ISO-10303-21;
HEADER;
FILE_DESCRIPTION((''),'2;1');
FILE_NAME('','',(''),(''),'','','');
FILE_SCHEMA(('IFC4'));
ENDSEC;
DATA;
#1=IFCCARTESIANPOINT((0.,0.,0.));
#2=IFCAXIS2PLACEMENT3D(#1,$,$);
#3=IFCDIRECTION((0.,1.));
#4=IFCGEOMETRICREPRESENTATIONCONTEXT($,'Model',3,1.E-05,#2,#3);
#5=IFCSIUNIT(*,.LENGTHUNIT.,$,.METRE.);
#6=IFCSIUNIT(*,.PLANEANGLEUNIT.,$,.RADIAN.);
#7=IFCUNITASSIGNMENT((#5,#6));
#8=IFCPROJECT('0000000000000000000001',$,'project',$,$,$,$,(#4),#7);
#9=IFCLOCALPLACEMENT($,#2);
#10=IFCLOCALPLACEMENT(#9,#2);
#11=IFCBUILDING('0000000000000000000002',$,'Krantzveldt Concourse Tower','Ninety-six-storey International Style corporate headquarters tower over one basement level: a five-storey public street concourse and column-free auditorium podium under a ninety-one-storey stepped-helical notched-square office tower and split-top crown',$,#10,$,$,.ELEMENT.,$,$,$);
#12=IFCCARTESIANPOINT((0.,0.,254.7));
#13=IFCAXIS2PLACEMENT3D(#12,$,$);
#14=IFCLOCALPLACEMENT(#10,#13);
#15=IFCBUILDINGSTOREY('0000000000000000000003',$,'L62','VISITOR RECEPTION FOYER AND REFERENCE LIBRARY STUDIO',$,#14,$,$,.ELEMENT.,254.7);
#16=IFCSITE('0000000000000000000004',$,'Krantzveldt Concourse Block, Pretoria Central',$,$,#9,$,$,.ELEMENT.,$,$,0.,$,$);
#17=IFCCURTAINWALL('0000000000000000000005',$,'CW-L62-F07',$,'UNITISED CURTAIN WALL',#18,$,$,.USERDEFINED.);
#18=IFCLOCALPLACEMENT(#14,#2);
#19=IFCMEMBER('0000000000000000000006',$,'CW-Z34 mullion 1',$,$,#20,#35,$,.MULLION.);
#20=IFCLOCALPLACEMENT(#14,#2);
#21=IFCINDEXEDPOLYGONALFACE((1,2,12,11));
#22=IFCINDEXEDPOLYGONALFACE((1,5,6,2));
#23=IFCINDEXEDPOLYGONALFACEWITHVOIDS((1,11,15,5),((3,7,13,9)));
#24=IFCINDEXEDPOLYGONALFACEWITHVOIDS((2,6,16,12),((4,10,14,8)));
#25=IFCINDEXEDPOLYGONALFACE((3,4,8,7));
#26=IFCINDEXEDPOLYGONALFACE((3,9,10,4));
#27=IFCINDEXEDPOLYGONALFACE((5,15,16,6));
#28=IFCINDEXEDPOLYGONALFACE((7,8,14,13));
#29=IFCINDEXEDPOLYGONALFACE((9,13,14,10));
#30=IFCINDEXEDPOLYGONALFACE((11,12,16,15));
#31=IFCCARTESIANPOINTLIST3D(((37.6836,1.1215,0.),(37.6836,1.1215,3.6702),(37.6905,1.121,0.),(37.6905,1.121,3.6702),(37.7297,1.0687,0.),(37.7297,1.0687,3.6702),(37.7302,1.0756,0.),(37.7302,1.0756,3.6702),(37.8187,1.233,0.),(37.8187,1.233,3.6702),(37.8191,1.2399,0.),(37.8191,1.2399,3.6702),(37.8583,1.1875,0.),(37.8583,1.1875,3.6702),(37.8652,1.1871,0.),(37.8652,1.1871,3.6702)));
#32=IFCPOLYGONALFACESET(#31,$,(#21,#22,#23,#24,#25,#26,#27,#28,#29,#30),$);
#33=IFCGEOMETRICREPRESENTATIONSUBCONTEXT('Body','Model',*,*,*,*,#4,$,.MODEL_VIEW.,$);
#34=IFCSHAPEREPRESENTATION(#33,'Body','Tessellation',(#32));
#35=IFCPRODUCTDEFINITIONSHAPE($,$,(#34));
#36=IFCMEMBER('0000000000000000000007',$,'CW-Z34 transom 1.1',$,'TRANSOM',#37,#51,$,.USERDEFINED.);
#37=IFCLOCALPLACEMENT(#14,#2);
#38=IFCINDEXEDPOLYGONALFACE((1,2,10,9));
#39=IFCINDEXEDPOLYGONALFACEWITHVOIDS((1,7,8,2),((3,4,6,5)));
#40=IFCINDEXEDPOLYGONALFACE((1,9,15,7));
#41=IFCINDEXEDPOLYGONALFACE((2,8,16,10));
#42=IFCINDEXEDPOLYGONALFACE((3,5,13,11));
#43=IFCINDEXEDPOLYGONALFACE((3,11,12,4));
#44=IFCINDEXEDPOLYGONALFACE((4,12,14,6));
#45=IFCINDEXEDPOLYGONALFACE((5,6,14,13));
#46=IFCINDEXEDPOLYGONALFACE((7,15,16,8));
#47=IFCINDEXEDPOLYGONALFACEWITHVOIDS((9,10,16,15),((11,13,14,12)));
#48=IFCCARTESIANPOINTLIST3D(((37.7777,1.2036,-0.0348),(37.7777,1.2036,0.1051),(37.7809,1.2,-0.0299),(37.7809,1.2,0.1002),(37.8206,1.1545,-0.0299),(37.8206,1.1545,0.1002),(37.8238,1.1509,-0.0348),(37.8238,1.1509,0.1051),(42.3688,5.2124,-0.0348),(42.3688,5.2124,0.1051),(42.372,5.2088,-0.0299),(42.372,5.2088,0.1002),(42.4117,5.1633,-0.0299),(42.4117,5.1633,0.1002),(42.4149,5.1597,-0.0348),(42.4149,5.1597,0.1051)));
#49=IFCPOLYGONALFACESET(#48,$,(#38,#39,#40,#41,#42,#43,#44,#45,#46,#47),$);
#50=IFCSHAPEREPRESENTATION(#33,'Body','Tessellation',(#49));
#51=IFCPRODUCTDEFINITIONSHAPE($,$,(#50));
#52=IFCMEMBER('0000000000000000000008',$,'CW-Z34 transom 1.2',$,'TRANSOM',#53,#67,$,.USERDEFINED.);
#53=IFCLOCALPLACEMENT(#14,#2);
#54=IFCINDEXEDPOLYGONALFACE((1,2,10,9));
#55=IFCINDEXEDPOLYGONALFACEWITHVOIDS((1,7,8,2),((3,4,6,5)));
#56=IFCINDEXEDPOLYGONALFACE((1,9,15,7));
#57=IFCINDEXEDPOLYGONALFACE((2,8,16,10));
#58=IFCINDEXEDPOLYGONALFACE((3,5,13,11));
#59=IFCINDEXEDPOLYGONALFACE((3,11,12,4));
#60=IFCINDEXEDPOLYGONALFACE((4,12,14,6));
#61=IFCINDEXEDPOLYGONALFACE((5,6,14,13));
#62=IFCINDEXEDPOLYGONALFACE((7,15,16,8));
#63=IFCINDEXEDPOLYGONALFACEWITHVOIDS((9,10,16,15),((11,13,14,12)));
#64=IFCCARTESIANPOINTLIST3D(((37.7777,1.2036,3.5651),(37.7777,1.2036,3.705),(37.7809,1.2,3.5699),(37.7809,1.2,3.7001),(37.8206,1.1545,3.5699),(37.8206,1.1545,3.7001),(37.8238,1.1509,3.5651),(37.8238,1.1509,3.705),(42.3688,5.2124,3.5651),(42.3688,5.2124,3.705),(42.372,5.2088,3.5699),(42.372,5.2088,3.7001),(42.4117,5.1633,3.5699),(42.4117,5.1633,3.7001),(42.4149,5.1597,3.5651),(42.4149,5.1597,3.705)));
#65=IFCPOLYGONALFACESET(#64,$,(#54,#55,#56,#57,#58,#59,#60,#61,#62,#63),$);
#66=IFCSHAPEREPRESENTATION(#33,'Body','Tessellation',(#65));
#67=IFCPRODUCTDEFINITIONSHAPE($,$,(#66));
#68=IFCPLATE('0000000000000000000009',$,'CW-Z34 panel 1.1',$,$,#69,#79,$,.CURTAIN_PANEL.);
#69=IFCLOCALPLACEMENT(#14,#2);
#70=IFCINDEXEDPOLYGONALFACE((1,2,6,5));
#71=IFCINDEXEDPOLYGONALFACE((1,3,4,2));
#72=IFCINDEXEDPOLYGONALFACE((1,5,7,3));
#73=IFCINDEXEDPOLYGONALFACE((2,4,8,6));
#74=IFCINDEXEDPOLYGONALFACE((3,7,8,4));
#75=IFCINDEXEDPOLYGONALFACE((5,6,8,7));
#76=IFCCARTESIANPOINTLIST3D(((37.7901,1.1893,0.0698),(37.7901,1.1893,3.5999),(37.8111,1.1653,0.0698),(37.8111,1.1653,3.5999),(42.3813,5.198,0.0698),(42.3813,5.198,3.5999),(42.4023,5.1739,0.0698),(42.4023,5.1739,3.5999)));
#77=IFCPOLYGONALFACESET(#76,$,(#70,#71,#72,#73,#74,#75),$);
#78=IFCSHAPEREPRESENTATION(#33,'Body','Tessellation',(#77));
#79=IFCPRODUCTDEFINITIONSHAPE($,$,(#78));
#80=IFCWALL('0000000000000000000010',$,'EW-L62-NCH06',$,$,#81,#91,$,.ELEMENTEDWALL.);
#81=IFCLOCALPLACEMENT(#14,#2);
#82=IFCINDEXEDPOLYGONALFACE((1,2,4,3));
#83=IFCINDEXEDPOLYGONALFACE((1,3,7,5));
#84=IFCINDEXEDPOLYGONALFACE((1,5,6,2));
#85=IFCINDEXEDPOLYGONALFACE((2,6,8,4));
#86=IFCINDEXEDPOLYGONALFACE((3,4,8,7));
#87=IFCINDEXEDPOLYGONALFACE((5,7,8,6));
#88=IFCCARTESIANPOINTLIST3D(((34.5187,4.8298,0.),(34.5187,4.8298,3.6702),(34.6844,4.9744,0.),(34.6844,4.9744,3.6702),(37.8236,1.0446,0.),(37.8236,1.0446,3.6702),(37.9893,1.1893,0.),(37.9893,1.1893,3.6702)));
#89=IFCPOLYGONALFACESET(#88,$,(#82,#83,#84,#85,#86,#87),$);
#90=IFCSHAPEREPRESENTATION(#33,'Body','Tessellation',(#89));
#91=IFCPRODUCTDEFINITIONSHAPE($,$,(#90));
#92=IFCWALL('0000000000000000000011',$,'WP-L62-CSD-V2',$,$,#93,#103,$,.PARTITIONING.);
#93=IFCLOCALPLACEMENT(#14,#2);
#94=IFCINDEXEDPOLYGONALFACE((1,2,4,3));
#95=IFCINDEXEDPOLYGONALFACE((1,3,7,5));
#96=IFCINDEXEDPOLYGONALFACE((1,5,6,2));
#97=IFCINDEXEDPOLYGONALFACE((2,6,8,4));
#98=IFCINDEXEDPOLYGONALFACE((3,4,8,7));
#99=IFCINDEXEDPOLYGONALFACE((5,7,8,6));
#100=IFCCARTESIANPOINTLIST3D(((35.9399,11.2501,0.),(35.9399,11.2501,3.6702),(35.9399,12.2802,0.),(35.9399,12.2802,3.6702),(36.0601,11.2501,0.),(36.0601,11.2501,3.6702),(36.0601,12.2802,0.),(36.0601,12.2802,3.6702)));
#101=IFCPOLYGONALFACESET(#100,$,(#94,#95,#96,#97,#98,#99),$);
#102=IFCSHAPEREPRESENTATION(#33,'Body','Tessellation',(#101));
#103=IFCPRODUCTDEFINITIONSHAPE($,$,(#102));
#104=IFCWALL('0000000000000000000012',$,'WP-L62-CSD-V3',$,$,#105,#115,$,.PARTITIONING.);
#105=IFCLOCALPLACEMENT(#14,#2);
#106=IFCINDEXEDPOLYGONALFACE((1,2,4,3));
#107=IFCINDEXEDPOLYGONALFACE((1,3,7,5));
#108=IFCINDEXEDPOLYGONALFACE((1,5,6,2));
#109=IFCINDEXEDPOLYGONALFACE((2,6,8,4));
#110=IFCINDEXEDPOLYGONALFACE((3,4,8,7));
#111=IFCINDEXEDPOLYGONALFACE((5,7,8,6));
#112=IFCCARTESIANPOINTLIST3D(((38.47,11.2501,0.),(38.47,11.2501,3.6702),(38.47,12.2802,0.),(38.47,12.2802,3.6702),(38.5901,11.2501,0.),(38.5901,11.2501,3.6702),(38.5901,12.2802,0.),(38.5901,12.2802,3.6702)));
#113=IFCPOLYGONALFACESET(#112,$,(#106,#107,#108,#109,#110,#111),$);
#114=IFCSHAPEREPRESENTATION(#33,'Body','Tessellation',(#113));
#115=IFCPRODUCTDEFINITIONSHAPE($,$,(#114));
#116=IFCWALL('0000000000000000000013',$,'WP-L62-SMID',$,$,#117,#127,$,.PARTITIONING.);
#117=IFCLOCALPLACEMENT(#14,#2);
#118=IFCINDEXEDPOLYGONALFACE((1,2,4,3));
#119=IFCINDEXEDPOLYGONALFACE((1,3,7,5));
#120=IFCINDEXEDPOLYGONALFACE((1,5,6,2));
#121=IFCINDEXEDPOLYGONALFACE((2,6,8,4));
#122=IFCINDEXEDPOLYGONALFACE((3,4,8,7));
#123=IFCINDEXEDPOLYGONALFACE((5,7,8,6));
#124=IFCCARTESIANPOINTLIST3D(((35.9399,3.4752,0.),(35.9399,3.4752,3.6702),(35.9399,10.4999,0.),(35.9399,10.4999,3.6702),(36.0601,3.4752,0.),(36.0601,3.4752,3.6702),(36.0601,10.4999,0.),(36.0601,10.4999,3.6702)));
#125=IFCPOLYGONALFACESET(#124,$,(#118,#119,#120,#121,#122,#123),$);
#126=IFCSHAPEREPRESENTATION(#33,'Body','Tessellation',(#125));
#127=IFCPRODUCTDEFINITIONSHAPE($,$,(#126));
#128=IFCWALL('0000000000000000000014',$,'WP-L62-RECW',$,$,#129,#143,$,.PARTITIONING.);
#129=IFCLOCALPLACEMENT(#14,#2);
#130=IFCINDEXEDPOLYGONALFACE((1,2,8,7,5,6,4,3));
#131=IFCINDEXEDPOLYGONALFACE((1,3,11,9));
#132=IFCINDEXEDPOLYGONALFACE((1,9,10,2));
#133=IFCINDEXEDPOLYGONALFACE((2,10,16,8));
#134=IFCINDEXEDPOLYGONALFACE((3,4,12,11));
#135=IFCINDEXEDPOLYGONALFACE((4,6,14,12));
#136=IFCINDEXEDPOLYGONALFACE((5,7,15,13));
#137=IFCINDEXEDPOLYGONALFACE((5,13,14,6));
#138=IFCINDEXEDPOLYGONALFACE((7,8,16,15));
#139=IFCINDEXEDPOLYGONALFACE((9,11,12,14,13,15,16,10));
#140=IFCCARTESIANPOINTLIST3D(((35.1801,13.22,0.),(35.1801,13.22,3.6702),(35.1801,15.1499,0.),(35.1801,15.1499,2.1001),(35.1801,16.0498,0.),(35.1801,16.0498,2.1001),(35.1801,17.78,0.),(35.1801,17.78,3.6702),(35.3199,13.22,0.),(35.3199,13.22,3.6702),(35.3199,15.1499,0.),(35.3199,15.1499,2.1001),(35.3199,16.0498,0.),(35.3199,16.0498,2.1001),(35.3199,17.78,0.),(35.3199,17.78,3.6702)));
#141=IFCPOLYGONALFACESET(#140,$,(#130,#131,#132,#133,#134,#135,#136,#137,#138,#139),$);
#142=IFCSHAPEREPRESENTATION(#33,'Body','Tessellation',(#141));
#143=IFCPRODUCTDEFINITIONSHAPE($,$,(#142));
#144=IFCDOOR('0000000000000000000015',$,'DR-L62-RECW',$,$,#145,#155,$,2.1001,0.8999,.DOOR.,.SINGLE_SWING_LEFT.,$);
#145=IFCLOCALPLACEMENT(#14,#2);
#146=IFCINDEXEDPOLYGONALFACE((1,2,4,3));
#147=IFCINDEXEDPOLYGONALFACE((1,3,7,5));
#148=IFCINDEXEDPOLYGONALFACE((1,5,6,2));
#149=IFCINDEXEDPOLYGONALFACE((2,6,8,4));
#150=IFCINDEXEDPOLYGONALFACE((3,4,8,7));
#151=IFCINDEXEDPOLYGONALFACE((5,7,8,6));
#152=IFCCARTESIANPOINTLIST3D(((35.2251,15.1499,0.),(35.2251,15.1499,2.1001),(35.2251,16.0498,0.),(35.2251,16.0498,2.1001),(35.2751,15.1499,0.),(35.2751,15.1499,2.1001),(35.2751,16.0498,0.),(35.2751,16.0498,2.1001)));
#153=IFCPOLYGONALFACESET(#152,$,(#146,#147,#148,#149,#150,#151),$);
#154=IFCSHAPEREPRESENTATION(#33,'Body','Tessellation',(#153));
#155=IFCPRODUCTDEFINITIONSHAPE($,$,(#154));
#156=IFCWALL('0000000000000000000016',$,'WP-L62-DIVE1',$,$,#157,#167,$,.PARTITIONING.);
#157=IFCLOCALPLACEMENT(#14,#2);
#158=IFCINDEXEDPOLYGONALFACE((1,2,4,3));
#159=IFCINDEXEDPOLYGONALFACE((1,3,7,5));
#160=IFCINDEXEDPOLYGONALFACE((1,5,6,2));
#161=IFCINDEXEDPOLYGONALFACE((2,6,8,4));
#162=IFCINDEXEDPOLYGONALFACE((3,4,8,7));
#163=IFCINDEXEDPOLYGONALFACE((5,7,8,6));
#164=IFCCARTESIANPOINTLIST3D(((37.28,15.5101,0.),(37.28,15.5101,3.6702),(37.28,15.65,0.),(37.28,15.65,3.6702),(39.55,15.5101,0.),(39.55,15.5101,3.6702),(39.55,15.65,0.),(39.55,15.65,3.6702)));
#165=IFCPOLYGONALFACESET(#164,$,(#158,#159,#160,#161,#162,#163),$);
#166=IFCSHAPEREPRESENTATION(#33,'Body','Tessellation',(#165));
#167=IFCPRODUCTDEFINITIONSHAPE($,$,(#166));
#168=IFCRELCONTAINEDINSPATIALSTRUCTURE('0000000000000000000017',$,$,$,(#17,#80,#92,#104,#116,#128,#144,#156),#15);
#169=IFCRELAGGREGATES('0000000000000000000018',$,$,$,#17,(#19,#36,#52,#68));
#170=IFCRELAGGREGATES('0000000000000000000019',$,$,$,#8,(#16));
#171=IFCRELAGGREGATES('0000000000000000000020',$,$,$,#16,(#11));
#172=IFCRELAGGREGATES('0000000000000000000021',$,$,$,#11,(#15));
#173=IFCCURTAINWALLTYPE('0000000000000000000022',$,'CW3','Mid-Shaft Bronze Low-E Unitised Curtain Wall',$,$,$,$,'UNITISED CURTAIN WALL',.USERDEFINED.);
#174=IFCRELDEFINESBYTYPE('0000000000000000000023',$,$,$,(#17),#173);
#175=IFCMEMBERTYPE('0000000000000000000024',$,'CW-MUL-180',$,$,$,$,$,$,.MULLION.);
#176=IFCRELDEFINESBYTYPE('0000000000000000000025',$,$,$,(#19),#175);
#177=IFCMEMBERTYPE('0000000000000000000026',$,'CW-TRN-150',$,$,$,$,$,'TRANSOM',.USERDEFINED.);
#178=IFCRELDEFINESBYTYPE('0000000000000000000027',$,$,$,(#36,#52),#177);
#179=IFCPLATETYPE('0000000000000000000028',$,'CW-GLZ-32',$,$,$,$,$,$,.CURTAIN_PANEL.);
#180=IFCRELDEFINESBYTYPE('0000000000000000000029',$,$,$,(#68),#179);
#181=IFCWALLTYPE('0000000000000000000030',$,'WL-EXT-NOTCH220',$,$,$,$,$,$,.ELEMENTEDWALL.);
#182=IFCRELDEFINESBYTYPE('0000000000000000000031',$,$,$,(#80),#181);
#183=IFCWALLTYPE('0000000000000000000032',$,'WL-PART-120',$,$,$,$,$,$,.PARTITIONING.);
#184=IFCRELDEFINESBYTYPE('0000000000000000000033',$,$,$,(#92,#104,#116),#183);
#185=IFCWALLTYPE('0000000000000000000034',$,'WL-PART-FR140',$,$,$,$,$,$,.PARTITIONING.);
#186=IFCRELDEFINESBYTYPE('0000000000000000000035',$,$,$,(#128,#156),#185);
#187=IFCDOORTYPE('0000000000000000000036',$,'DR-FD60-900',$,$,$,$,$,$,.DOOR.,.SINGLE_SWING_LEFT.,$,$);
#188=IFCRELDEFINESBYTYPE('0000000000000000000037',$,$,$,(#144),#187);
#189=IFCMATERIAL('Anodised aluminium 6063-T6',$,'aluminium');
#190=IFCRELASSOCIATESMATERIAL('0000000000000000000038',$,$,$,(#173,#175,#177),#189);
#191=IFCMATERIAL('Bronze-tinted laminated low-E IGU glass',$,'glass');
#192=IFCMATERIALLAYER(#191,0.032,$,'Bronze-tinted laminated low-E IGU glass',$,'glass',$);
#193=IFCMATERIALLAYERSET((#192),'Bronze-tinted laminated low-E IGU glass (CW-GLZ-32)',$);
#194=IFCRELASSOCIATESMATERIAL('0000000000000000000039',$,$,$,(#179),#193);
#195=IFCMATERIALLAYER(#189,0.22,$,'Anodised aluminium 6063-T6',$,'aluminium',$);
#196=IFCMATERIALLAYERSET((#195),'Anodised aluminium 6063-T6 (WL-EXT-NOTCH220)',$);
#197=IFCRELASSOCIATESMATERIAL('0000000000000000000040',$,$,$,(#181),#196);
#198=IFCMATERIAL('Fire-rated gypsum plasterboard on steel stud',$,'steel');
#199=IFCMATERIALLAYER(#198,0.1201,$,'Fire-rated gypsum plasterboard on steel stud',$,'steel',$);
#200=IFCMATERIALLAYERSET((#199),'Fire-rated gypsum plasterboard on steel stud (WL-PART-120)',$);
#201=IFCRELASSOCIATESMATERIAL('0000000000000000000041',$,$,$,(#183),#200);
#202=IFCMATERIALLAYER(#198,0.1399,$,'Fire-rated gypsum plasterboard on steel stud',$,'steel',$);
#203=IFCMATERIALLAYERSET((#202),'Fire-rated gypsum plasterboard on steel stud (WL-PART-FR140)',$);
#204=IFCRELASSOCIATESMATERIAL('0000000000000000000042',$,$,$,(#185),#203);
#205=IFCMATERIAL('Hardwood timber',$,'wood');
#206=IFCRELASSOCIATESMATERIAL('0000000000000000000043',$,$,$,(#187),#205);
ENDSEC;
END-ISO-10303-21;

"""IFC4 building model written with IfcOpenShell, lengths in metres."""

from ifc_helpers import new_model, si_unit, direction, frame, frame_2d, origin, origin_2d, place, context, subcontext, project, spatial, rectangle, hollow_rectangle, extrude, source, transform, mapped, material, layer, layer_set, material_profile, profile_set, type_object, type_shapes, element, fill, aggregate, save


model = new_model("IFC4")

# Units and contexts
model_context = context("Model", 3, precision=1e-05, world=origin(), true_north=direction((0.0, 1.0)))
body_context = subcontext(model_context, "Body", "Model", "MODEL_VIEW")
ifc_project = project(units=[si_unit("LENGTHUNIT", "METRE"), si_unit("PLANEANGLEUNIT", "RADIAN")], contexts=[model_context])

# Site, building, storey
site_placement = place(None, origin())
site = spatial("IfcSite", under=ifc_project, at=site_placement, Name="Krantzveldt Concourse Block, Pretoria Central", CompositionType="ELEMENT", RefElevation=0.0)
building_placement = place(site_placement, origin())
building = spatial("IfcBuilding", under=site, at=building_placement, Name="Krantzveldt Concourse Tower", Description="Ninety-six-storey International Style corporate headquarters tower over one basement level: a five-storey public street concourse and column-free auditorium podium under a ninety-one-storey stepped-helical notched-square office tower and split-top crown", CompositionType="ELEMENT")
storey_placement = place(building_placement, frame((0.0, 0.0, 254.7)))
storey = spatial("IfcBuildingStorey", under=building, at=storey_placement, Name="L62", Description="VISITOR RECEPTION FOYER AND REFERENCE LIBRARY STUDIO", CompositionType="ELEMENT", Elevation=254.7)

# Curtain wall, members, plate
ifc_material_1 = material(Name="Anodised aluminium 6063-T6", Category="aluminium")
curtain_wall_type = type_object("IfcCurtainWallType", Name="CW3", Description="Mid-Shaft Bronze Low-E Unitised Curtain Wall", ElementType="UNITISED CURTAIN WALL", PredefinedType="USERDEFINED", material=ifc_material_1)
curtain_wall_placement = place(storey_placement, origin())
curtain_wall = element("IfcCurtainWall", 1, at=curtain_wall_placement, inside=storey, type_object=curtain_wall_type, Name="CW-L62-F07", ObjectType="UNITISED CURTAIN WALL", PredefinedType="USERDEFINED")
ifc_material_profile_1 = material_profile(ifc_material_1, hollow_rectangle(XDim=0.0701, YDim=0.1799, WallThickness=0.0049, at=origin_2d()), Name="Anodised aluminium 6063-T6", Category="aluminium")
ifc_profile_set_1 = profile_set([ifc_material_profile_1], Name="Anodised aluminium 6063-T6 - ALU-MULL 180x70x5")
member_type_1 = type_object("IfcMemberType", Name="CW-MUL-180", PredefinedType="MULLION", material=ifc_profile_set_1)
shared_shape_1 = source(origin(), body_context, "Body", "SweptSolid", [
    extrude(hollow_rectangle(XDim=0.0701, YDim=0.1799, WallThickness=0.0049, at=origin_2d()), origin(), (0.0, 0.0, 1.0), 3.6702),
])
type_shapes(member_type_1, [shared_shape_1])
member_1_placement = place(storey_placement, frame((37.7744, 1.1543, 0.0), z_axis=(0.0, 0.0, 1.0), x_axis=(-0.657704, 0.753277, 0.0)))
member_1 = element("IfcMember", 2, at=member_1_placement, type_object=member_type_1, Name="CW-Z34 mullion 1", PredefinedType="MULLION", context=body_context, shape_type="MappedRepresentation", body=[
    mapped(shared_shape_1, transform((0.0, 0.0, 0.0), x_axis=(1.0, 0.0, 0.0), y_axis=(0.0, 1.0, 0.0), z_axis=(0.0, 0.0, 1.0), scale=1.0)),
])
ifc_material_profile_2 = material_profile(ifc_material_1, hollow_rectangle(XDim=0.0701, YDim=0.1399, WallThickness=0.0049, at=origin_2d()), Name="Anodised aluminium 6063-T6", Category="aluminium")
ifc_profile_set_2 = profile_set([ifc_material_profile_2], Name="Anodised aluminium 6063-T6 - ALU-TRAN 140x70x5")
member_type_2 = type_object("IfcMemberType", Name="CW-TRN-150", ElementType="TRANSOM", PredefinedType="USERDEFINED", material=ifc_profile_set_2)
shared_shape_2 = source(origin(), body_context, "Body", "SweptSolid", [
    extrude(hollow_rectangle(XDim=0.0701, YDim=0.1399, WallThickness=0.0049, at=origin_2d()), origin(), (0.0, 0.0, 1.0), 6.095),
])
type_shapes(member_type_2, [shared_shape_2])
member_2_placement = place(storey_placement, frame((37.8008, 1.1772, 0.0352), z_axis=(0.753259, 0.657724, 0.0), x_axis=(-0.657724, 0.753259, 0.0)))
member_2 = element("IfcMember", 3, at=member_2_placement, type_object=member_type_2, Name="CW-Z34 transom 1.1", ObjectType="TRANSOM", PredefinedType="USERDEFINED", context=body_context, shape_type="MappedRepresentation", body=[
    mapped(shared_shape_2, transform((0.0, 0.0, 0.0), x_axis=(1.0, 0.0, 0.0), y_axis=(0.0, 1.0, 0.0), z_axis=(0.0, 0.0, 1.0), scale=1.0)),
])
member_3_placement = place(storey_placement, frame((37.8008, 1.1772, 3.635), z_axis=(0.753259, 0.657724, 0.0), x_axis=(-0.657724, 0.753259, 0.0)))
member_3 = element("IfcMember", 4, at=member_3_placement, type_object=member_type_2, Name="CW-Z34 transom 1.2", ObjectType="TRANSOM", PredefinedType="USERDEFINED", context=body_context, shape_type="MappedRepresentation", body=[
    mapped(shared_shape_2, transform((0.0, 0.0, 0.0), x_axis=(1.0, 0.0, 0.0), y_axis=(0.0, 1.0, 0.0), z_axis=(0.0, 0.0, 1.0), scale=1.0)),
])
ifc_material_2 = material(Name="Bronze-tinted laminated low-E IGU glass", Category="glass")
ifc_layer_1 = layer(ifc_material_2, 0.032, Name="Bronze-tinted laminated low-E IGU glass", Category="glass")
ifc_layer_set_1 = layer_set([ifc_layer_1], Name="Bronze-tinted laminated low-E IGU glass (CW-GLZ-32)")
plate_type = type_object("IfcPlateType", Name="CW-GLZ-32", PredefinedType="CURTAIN_PANEL", material=ifc_layer_set_1)
shared_shape_3 = source(origin(), body_context, "Body", "SweptSolid", [
    extrude(rectangle(XDim=6.095, YDim=0.032, at=origin_2d()), origin(), (0.0, 0.0, 1.0), 3.53),
])
type_shapes(plate_type, [shared_shape_3])
plate_placement = place(storey_placement, frame((40.0962, 3.1816, 0.0698), z_axis=(0.0, 0.0, 1.0), x_axis=(0.753277, 0.657704, 0.0)))
plate = element("IfcPlate", 5, at=plate_placement, type_object=plate_type, Name="CW-Z34 panel 1.1", PredefinedType="CURTAIN_PANEL", context=body_context, shape_type="MappedRepresentation", body=[
    mapped(shared_shape_3, transform((0.0, 0.0, 0.0), x_axis=(1.0, 0.0, 0.0), y_axis=(0.0, 1.0, 0.0), z_axis=(0.0, 0.0, 1.0), scale=1.0)),
])
aggregate(curtain_wall, [member_1, member_2, member_3, plate])

# Walls
ifc_layer_2 = layer(ifc_material_1, 0.22, Name="Anodised aluminium 6063-T6", Category="aluminium")
ifc_layer_set_2 = layer_set([ifc_layer_2], Name="Anodised aluminium 6063-T6 (WL-EXT-NOTCH220)")
wall_type_1 = type_object("IfcWallType", Name="WL-EXT-NOTCH220", PredefinedType="ELEMENTEDWALL", material=ifc_layer_set_2)
wall_1_placement = place(storey_placement, frame((34.6016, 4.9021, 0.0), z_axis=(0.0, 0.0, 1.0), x_axis=(0.657706, -0.753275, 0.0)))
element("IfcWall", 6, at=wall_1_placement, inside=storey, type_object=wall_type_1, Name="EW-L62-NCH06", PredefinedType="ELEMENTEDWALL", context=body_context, shape_type="SweptSolid", body=[
    extrude(rectangle(XDim=5.0249, YDim=0.22, at=frame_2d((2.5125, 0.0))), origin(), (0.0, 0.0, 1.0), 3.6702),
])
ifc_material_3 = material(Name="Fire-rated gypsum plasterboard on steel stud", Category="steel")
ifc_layer_3 = layer(ifc_material_3, 0.1201, Name="Fire-rated gypsum plasterboard on steel stud", Category="steel")
ifc_layer_set_3 = layer_set([ifc_layer_3], Name="Fire-rated gypsum plasterboard on steel stud (WL-PART-120)")
wall_type_2 = type_object("IfcWallType", Name="WL-PART-120", PredefinedType="PARTITIONING", material=ifc_layer_set_3)
for number, where, z_axis, x_axis, name in (
    (7, (36.0, 11.25, 0.0), (0.0, 0.0, 1.0), (0.0, 1.0, 0.0), "WP-L62-CSD-V2"),
    (8, (38.53, 11.25, 0.0), (0.0, 0.0, 1.0), (0.0, 1.0, 0.0), "WP-L62-CSD-V3"),
):
    element("IfcWall", number, at=place(storey_placement, frame(where, z_axis=z_axis, x_axis=x_axis)), inside=storey, type_object=wall_type_2, Name=name, PredefinedType="PARTITIONING", context=body_context, shape_type="SweptSolid", body=[
        extrude(rectangle(XDim=1.03, YDim=0.1201, at=frame_2d((0.5151, 0.0))), origin(), (0.0, 0.0, 1.0), 3.6702),
    ])
wall_2_placement = place(storey_placement, frame((36.0, 3.4753, 0.0), z_axis=(0.0, 0.0, 1.0), x_axis=(0.0, 1.0, 0.0)))
element("IfcWall", 9, at=wall_2_placement, inside=storey, type_object=wall_type_2, Name="WP-L62-SMID", PredefinedType="PARTITIONING", context=body_context, shape_type="SweptSolid", body=[
    extrude(rectangle(XDim=7.0247, YDim=0.1201, at=frame_2d((3.5122, 0.0))), origin(), (0.0, 0.0, 1.0), 3.6702),
])

# Wall, opening, door
ifc_layer_4 = layer(ifc_material_3, 0.1399, Name="Fire-rated gypsum plasterboard on steel stud", Category="steel")
ifc_layer_set_4 = layer_set([ifc_layer_4], Name="Fire-rated gypsum plasterboard on steel stud (WL-PART-FR140)")
wall_type_3 = type_object("IfcWallType", Name="WL-PART-FR140", PredefinedType="PARTITIONING", material=ifc_layer_set_4)
wall_3_placement = place(storey_placement, frame((35.25, 13.22, 0.0), z_axis=(0.0, 0.0, 1.0), x_axis=(0.0, 1.0, 0.0)))
wall_3 = element("IfcWall", 10, at=wall_3_placement, inside=storey, type_object=wall_type_3, Name="WP-L62-RECW", PredefinedType="PARTITIONING", context=body_context, shape_type="SweptSolid", body=[
    extrude(rectangle(XDim=4.5601, YDim=0.1399, at=frame_2d((2.28, 0.0))), origin(), (0.0, 0.0, 1.0), 3.6702),
])
opening_1_placement = place(wall_3_placement, frame((1.9299, 0.0, 0.0)))
opening_1 = element("IfcOpeningElement", 11, at=opening_1_placement, cuts=wall_3, PredefinedType="OPENING", context=body_context, shape_type="SweptSolid", body=[
    extrude(rectangle(XDim=0.8999, YDim=2.1001, at=frame_2d((0.45, 1.05))), frame((0.0, 0.0801, 0.0), z_axis=(0.0, -1.0, 0.0), x_axis=(1.0, 0.0, 0.0)), (0.0, 0.0, 1.0), 0.1599),
])
ifc_material_4 = material(Name="Hardwood timber", Category="wood")
door_type_1 = type_object("IfcDoorType", Name="DR-FD60-900", OperationType="SINGLE_SWING_LEFT", PredefinedType="DOOR", material=ifc_material_4)
door_1_placement = place(opening_1_placement, origin())
door_1 = element("IfcDoor", 12, at=door_1_placement, inside=storey, type_object=door_type_1, Name="DR-L62-RECW", OperationType="SINGLE_SWING_LEFT", OverallHeight=2.1001, OverallWidth=0.8999, PredefinedType="DOOR", context=body_context, shape_type="SweptSolid", body=[
    extrude(rectangle(XDim=0.8999, YDim=2.1001, at=frame_2d((0.45, 1.05))), frame((0.0, 0.0249, 0.0), z_axis=(0.0, -1.0, 0.0), x_axis=(1.0, 0.0, 0.0)), (0.0, 0.0, 1.0), 0.05),
])
fill(opening_1, door_1)

# Wall
wall_4_placement = place(storey_placement, frame((37.28, 15.5801, 0.0), z_axis=(0.0, 0.0, 1.0), x_axis=(1.0, 0.0, 0.0)))
element("IfcWall", 13, at=wall_4_placement, inside=storey, type_object=wall_type_3, Name="WP-L62-DIVE1", PredefinedType="PARTITIONING", context=body_context, shape_type="SweptSolid", body=[
    extrude(rectangle(XDim=2.27, YDim=0.1399, at=frame_2d((1.135, 0.0))), origin(), (0.0, 0.0, 1.0), 3.6702),
])

save(model, "model.ifc")
